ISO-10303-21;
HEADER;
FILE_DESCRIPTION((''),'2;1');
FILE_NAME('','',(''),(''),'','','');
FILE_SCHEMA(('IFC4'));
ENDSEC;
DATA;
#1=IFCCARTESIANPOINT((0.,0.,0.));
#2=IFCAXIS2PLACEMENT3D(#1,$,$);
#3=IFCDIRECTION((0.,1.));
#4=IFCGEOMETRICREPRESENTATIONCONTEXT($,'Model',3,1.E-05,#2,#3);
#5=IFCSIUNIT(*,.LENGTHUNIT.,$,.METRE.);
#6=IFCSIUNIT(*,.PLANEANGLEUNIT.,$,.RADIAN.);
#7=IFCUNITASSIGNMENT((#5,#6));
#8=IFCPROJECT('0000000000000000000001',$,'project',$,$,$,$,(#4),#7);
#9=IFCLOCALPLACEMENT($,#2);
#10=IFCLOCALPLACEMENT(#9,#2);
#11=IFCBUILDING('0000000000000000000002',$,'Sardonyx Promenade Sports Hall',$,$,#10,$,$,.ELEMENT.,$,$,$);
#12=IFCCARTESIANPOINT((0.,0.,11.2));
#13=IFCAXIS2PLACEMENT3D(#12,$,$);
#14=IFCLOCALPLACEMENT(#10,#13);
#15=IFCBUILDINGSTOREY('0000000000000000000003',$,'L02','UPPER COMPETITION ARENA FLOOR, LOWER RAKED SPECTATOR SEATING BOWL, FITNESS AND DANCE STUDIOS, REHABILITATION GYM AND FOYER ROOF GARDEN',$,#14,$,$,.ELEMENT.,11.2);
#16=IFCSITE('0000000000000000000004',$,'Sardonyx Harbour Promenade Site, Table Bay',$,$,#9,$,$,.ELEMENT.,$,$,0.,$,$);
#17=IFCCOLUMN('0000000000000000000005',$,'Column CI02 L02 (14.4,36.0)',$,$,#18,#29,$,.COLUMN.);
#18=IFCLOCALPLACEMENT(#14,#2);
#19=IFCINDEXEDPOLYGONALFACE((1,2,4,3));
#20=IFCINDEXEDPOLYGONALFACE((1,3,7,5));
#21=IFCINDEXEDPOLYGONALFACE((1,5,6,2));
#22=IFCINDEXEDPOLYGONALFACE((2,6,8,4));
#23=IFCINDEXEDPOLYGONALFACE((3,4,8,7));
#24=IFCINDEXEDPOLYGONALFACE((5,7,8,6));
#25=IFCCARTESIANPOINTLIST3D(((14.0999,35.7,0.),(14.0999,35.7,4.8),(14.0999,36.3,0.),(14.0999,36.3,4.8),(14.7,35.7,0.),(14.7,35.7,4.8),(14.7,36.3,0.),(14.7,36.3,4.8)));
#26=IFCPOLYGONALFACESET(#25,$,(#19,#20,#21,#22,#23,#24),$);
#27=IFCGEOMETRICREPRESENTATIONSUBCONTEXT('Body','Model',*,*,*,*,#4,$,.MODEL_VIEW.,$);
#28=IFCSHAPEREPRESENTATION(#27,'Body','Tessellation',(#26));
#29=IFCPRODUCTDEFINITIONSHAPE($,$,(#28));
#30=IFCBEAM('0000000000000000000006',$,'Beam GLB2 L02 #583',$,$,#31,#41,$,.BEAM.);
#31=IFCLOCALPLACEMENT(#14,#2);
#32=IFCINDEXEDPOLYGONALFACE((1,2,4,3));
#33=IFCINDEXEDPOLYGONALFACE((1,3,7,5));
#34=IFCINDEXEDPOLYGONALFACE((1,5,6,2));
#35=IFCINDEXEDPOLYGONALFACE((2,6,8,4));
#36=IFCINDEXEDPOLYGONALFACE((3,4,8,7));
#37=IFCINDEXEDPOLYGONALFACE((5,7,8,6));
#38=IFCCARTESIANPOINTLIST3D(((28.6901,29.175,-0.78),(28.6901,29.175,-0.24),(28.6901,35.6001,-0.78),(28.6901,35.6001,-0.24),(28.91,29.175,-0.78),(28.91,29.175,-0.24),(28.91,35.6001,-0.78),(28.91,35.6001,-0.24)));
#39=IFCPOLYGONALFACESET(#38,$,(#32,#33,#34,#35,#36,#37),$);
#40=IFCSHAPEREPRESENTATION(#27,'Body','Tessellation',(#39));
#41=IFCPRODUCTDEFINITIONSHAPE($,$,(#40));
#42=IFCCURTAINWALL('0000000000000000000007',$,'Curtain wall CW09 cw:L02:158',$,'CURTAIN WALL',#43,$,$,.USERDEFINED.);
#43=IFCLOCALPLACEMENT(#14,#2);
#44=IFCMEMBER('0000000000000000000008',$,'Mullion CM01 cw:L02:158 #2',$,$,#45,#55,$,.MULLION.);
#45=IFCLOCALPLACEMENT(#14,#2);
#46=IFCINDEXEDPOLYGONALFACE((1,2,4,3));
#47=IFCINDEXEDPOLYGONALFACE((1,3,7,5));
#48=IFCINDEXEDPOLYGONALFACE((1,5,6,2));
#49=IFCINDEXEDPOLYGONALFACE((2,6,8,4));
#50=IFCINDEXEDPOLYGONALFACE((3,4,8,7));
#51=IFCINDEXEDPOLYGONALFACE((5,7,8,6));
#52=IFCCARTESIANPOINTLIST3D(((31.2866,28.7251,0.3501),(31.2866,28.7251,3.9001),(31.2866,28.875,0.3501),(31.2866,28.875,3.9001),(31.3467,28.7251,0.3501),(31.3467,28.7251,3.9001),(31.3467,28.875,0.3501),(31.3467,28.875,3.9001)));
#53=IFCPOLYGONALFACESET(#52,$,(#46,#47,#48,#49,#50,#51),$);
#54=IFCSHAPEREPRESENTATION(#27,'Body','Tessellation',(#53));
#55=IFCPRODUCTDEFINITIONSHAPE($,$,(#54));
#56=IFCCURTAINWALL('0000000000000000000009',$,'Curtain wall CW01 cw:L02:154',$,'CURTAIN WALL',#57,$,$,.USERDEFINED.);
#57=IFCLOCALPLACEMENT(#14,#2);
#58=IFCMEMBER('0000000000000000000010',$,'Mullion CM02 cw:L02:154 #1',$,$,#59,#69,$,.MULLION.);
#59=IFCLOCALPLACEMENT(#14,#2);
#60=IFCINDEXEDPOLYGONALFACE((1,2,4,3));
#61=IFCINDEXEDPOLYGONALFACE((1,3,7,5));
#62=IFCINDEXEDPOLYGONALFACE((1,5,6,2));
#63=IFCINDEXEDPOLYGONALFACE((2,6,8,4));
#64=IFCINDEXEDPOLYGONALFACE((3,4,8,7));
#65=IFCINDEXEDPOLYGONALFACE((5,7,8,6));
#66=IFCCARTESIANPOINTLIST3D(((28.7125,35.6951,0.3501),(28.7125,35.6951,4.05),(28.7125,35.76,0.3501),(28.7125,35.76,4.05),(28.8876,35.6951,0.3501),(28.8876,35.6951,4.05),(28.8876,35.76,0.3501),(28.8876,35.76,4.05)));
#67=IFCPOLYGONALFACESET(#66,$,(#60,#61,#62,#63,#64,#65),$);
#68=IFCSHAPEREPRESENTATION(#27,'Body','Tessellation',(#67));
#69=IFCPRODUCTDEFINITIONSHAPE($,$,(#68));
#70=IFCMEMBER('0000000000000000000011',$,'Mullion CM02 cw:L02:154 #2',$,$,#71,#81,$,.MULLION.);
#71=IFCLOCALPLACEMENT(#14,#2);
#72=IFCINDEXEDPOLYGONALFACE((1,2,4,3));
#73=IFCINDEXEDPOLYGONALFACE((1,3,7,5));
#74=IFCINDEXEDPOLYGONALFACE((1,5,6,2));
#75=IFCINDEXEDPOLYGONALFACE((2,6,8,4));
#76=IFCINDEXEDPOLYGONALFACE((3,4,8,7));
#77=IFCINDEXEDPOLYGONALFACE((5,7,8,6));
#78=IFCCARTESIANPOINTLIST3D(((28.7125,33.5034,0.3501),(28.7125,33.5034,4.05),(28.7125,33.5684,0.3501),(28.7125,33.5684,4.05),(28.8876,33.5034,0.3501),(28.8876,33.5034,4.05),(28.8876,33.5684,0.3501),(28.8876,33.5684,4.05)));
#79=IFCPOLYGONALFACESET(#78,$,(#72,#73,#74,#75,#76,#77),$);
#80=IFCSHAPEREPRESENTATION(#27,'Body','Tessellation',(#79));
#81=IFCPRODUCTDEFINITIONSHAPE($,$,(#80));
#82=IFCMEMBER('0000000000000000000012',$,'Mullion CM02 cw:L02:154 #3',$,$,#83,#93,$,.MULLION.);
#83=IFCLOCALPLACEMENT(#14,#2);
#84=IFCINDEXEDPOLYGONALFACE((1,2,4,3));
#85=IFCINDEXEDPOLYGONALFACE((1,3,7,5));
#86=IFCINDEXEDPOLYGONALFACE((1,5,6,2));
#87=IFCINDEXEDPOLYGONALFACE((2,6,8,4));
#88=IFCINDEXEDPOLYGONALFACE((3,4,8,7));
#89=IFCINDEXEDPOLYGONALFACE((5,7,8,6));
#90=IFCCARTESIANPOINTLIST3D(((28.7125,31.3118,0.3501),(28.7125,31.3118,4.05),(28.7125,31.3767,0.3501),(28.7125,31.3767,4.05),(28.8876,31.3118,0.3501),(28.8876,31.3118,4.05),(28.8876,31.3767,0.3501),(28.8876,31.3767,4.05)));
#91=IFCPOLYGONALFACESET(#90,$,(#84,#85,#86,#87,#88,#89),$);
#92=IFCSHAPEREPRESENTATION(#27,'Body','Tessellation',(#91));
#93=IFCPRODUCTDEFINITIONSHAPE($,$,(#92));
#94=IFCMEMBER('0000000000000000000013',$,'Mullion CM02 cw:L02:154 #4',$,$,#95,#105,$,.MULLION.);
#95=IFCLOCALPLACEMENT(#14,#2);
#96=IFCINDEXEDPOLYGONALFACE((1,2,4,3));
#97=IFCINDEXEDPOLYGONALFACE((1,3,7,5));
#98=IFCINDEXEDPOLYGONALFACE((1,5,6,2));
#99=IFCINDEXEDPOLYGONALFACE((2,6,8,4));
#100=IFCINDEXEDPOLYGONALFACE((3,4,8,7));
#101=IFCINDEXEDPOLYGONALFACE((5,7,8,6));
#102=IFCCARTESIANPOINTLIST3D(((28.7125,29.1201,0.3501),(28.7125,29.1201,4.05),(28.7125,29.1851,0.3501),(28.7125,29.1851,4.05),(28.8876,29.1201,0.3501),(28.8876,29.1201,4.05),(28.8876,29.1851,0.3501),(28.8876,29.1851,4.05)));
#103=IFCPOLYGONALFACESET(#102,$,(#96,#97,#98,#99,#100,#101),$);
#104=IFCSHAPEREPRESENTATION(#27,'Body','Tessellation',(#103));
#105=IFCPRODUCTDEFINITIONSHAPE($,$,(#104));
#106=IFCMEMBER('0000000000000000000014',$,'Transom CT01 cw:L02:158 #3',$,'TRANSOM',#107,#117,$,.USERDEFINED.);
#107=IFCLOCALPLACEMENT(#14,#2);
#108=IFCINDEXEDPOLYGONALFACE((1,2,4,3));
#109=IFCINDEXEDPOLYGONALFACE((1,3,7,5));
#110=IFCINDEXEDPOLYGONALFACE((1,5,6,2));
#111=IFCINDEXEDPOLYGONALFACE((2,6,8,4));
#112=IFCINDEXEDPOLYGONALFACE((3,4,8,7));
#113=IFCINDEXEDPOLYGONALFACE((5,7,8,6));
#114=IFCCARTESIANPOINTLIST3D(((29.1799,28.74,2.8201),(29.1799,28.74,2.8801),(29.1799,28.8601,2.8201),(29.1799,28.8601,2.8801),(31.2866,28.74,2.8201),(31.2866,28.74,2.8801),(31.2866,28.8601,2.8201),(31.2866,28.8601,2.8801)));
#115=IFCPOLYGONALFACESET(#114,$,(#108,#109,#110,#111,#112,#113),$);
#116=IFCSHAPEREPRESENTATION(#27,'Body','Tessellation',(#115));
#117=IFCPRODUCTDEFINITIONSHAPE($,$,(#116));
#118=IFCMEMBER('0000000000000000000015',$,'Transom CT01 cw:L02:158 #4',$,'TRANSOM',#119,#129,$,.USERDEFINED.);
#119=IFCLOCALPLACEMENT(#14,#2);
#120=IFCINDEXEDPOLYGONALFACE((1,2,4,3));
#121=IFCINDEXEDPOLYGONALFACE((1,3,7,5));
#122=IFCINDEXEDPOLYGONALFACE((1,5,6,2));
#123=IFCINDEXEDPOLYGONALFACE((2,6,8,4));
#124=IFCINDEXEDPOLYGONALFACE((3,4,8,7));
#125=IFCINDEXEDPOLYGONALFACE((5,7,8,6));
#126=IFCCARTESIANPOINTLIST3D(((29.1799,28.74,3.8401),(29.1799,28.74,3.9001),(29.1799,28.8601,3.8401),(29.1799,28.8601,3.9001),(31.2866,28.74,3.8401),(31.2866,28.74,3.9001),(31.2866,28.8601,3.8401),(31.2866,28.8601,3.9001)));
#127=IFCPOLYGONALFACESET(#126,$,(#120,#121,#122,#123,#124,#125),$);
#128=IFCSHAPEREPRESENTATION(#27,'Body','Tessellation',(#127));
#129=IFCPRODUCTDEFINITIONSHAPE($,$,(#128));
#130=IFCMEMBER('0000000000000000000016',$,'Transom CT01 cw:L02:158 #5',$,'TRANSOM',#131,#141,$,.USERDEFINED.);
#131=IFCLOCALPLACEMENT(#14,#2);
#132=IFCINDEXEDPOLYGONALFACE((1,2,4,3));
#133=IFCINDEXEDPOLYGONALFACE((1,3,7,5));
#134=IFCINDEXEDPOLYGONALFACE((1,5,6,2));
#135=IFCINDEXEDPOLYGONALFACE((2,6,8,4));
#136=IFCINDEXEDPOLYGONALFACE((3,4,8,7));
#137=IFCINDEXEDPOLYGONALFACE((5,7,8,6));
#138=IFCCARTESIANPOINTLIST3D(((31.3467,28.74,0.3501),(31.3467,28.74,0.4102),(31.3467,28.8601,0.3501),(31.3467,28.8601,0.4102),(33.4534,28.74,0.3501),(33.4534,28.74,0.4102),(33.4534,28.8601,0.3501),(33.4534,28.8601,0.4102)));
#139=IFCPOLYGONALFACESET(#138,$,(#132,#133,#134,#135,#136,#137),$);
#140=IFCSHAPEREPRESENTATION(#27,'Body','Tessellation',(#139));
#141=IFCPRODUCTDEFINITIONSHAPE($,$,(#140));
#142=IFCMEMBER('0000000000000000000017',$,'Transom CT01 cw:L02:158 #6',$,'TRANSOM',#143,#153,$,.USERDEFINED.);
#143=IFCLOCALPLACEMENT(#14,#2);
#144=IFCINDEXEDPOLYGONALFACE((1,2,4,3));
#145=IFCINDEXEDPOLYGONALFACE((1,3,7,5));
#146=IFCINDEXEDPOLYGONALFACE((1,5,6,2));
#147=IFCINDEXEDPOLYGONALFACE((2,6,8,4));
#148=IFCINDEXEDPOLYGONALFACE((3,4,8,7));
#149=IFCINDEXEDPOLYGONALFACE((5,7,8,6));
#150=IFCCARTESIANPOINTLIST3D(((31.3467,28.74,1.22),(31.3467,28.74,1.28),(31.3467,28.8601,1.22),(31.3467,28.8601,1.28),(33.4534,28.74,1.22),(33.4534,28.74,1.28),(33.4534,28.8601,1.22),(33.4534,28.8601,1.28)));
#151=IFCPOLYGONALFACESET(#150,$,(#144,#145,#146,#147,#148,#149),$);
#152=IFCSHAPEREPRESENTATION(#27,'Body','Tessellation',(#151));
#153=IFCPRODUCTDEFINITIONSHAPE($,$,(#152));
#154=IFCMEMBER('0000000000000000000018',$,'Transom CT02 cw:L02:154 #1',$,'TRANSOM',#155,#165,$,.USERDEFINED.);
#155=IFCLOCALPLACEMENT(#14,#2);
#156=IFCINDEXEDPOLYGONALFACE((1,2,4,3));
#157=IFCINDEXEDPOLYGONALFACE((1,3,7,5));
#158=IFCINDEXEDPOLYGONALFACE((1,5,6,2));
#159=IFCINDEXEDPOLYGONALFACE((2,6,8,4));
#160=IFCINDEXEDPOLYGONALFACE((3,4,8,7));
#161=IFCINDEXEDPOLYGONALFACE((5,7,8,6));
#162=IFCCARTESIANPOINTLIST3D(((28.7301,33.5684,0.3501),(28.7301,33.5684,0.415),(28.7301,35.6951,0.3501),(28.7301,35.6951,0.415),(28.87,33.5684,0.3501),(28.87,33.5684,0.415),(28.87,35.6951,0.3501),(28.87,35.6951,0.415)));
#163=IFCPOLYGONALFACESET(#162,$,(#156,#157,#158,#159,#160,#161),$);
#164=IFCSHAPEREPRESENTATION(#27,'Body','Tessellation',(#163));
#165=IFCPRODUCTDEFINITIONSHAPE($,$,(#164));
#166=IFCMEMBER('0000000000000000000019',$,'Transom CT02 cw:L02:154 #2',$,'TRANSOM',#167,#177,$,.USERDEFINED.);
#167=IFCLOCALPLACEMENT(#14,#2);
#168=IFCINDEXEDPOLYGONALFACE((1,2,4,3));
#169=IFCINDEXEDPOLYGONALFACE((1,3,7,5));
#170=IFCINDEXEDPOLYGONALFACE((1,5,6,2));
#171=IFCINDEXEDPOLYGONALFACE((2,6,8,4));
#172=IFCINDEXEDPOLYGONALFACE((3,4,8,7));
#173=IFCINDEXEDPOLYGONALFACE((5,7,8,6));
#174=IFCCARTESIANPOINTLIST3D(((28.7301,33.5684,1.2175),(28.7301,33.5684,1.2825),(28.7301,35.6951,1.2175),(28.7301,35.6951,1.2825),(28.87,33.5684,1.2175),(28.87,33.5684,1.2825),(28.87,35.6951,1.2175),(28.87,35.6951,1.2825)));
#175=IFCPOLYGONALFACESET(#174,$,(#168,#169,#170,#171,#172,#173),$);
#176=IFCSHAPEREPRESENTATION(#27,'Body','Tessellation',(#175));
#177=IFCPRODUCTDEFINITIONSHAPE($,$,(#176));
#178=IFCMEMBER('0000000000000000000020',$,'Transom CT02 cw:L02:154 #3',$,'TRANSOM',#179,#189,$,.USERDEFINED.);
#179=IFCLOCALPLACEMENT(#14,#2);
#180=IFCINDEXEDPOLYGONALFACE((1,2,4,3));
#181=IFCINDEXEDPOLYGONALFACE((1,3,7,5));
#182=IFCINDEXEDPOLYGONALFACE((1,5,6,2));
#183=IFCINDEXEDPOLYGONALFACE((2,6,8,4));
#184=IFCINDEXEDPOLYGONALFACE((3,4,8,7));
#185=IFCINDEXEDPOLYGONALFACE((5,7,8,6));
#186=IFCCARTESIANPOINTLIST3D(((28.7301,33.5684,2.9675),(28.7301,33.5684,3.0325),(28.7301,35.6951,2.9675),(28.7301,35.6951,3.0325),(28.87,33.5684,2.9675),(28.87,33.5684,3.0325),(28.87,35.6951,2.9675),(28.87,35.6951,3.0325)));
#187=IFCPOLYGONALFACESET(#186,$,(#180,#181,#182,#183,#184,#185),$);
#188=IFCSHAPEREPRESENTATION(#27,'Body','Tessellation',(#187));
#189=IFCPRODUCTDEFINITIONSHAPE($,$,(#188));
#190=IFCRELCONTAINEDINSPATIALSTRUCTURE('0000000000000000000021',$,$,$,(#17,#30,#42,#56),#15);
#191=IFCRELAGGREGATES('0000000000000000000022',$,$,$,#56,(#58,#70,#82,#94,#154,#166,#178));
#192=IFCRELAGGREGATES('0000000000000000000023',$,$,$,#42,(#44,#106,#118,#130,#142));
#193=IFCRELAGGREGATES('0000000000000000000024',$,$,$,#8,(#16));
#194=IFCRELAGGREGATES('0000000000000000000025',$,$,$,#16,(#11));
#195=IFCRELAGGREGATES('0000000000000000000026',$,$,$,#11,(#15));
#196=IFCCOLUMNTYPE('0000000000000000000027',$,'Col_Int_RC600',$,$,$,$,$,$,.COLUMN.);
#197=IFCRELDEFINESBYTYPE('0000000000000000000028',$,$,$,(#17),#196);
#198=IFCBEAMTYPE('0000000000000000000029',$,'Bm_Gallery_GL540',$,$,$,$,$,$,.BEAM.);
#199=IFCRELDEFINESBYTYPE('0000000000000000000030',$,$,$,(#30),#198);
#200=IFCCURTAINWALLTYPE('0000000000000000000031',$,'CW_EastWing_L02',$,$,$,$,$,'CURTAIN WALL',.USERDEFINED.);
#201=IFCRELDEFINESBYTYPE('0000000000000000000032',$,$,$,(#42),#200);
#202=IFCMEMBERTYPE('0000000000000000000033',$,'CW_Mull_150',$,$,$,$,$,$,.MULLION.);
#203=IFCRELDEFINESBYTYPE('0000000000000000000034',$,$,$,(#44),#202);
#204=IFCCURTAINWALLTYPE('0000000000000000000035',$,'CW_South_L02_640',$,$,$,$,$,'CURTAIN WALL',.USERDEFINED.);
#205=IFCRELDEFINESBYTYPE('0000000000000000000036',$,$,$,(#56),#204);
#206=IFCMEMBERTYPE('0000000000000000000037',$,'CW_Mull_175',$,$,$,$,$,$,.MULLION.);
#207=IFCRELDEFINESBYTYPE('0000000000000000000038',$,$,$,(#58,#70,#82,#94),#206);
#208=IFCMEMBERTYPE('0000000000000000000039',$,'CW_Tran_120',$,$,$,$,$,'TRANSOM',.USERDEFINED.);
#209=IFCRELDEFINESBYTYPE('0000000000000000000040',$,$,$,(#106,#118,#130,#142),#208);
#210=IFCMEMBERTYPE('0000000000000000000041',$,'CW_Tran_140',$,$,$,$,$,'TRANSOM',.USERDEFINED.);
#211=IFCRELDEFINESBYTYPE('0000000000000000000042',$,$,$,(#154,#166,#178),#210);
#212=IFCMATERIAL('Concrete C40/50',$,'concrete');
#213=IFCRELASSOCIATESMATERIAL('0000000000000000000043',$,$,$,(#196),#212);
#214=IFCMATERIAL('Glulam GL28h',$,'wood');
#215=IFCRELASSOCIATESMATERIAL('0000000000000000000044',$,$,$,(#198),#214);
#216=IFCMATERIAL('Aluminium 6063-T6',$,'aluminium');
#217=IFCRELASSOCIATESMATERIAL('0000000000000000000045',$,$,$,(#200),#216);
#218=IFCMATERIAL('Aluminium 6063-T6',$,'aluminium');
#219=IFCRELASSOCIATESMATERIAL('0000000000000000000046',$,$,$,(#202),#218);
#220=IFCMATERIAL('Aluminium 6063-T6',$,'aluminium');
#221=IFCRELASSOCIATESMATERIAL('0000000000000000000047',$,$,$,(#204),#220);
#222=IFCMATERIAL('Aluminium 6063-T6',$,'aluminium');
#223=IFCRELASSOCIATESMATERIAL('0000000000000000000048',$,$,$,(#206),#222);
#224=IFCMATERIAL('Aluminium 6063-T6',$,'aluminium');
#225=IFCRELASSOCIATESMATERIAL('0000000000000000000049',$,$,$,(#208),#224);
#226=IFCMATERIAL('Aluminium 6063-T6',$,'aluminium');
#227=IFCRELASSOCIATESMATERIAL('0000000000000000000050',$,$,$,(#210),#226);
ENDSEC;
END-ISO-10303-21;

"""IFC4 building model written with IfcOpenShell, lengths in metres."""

from ifc_helpers import new_model, si_unit, direction, frame, origin, origin_2d, place, context, subcontext, project, spatial, rectangle, extrude, material, material_profile, profile_set, type_object, element, aggregate, save


model = new_model("IFC4")

# Units and contexts
model_context = context("Model", 3, precision=1e-05, world=origin(), true_north=direction((0.0, 1.0)))
body_context = subcontext(model_context, "Body", "Model", "MODEL_VIEW")
ifc_project = project(units=[si_unit("LENGTHUNIT", "METRE"), si_unit("PLANEANGLEUNIT", "RADIAN")], contexts=[model_context])

# Site, building, storey
site_placement = place(None, origin())
site = spatial("IfcSite", under=ifc_project, at=site_placement, Name="Sardonyx Harbour Promenade Site, Table Bay", CompositionType="ELEMENT", RefElevation=0.0)
building_placement = place(site_placement, origin())
building = spatial("IfcBuilding", under=site, at=building_placement, Name="Sardonyx Promenade Sports Hall", CompositionType="ELEMENT")
storey_placement = place(building_placement, frame((0.0, 0.0, 11.2)))
storey = spatial("IfcBuildingStorey", under=building, at=storey_placement, Name="L02", Description="UPPER COMPETITION ARENA FLOOR, LOWER RAKED SPECTATOR SEATING BOWL, FITNESS AND DANCE STUDIOS, REHABILITATION GYM AND FOYER ROOF GARDEN", CompositionType="ELEMENT", Elevation=11.2)

# Column
ifc_material_1 = material(Name="Concrete C40/50", Category="concrete")
ifc_material_profile_1 = material_profile(ifc_material_1, rectangle(XDim=0.6001, YDim=0.6001, at=origin_2d()))
ifc_profile_set_1 = profile_set([ifc_material_profile_1], Name="Concrete C40/50")
column_type = type_object("IfcColumnType", Name="Col_Int_RC600", PredefinedType="COLUMN", material=ifc_profile_set_1)
column_placement = place(storey_placement, frame((14.3999, 36.0, 0.0), z_axis=(0.0, 0.0, 1.0), x_axis=(1.0, 0.0, 0.0)))
element("IfcColumn", 1, at=column_placement, inside=storey, type_object=column_type, Name="Column CI02 L02 (14.4,36.0)", PredefinedType="COLUMN", context=body_context, shape_type="SweptSolid", body=[
    extrude(rectangle(XDim=0.6001, YDim=0.6001, at=origin_2d()), origin(), (0.0, 0.0, 1.0), 4.8),
])

# Beam
ifc_material_2 = material(Name="Glulam GL28h", Category="wood")
ifc_material_profile_2 = material_profile(ifc_material_2, rectangle(XDim=0.22, YDim=0.54, at=origin_2d()))
ifc_profile_set_2 = profile_set([ifc_material_profile_2], Name="Glulam GL28h")
beam_type = type_object("IfcBeamType", Name="Bm_Gallery_GL540", PredefinedType="BEAM", material=ifc_profile_set_2)
beam_placement = place(storey_placement, frame((28.8, 29.175, -0.51), z_axis=(0.0, 1.0, 0.0), x_axis=(-1.0, 0.0, 0.0)))
element("IfcBeam", 2, at=beam_placement, inside=storey, type_object=beam_type, Name="Beam GLB2 L02 #583", PredefinedType="BEAM", context=body_context, shape_type="SweptSolid", body=[
    extrude(rectangle(XDim=0.22, YDim=0.54, at=origin_2d()), origin(), (0.0, 0.0, 1.0), 6.425),
])

# Curtain wall, member
ifc_material_3 = material(Name="Aluminium 6063-T6", Category="aluminium")
curtain_wall_type_1 = type_object("IfcCurtainWallType", Name="CW_EastWing_L02", ElementType="CURTAIN WALL", PredefinedType="USERDEFINED", material=ifc_material_3)
curtain_wall_1_placement = place(storey_placement, origin())
curtain_wall_1 = element("IfcCurtainWall", 3, at=curtain_wall_1_placement, inside=storey, type_object=curtain_wall_type_1, Name="Curtain wall CW09 cw:L02:158", ObjectType="CURTAIN WALL", PredefinedType="USERDEFINED")
ifc_material_4 = material(Name="Aluminium 6063-T6", Category="aluminium")
ifc_material_profile_3 = material_profile(ifc_material_4, rectangle(XDim=0.0601, YDim=0.1499, at=origin_2d()))
ifc_profile_set_3 = profile_set([ifc_material_profile_3], Name="Aluminium 6063-T6")
member_type_1 = type_object("IfcMemberType", Name="CW_Mull_150", PredefinedType="MULLION", material=ifc_profile_set_3)
member_1_placement = place(storey_placement, frame((31.3167, 28.8, 0.3501), z_axis=(0.0, 0.0, 1.0), x_axis=(1.0, 0.0, 0.0)))
member_1 = element("IfcMember", 4, at=member_1_placement, type_object=member_type_1, Name="Mullion CM01 cw:L02:158 #2", PredefinedType="MULLION", context=body_context, shape_type="SweptSolid", body=[
    extrude(rectangle(XDim=0.0601, YDim=0.1499, at=origin_2d()), origin(), (0.0, 0.0, 1.0), 3.55),
])

# Curtain wall, members
ifc_material_5 = material(Name="Aluminium 6063-T6", Category="aluminium")
curtain_wall_type_2 = type_object("IfcCurtainWallType", Name="CW_South_L02_640", ElementType="CURTAIN WALL", PredefinedType="USERDEFINED", material=ifc_material_5)
curtain_wall_2_placement = place(storey_placement, origin())
curtain_wall_2 = element("IfcCurtainWall", 5, at=curtain_wall_2_placement, inside=storey, type_object=curtain_wall_type_2, Name="Curtain wall CW01 cw:L02:154", ObjectType="CURTAIN WALL", PredefinedType="USERDEFINED")
ifc_material_6 = material(Name="Aluminium 6063-T6", Category="aluminium")
ifc_material_profile_4 = material_profile(ifc_material_6, rectangle(XDim=0.0649, YDim=0.175, at=origin_2d()))
ifc_profile_set_4 = profile_set([ifc_material_profile_4], Name="Aluminium 6063-T6")
member_type_2 = type_object("IfcMemberType", Name="CW_Mull_175", PredefinedType="MULLION", material=ifc_profile_set_4)
member_2_placement = place(storey_placement, frame((28.8, 35.7275, 0.3501), z_axis=(0.0, 0.0, 1.0), x_axis=(0.0, -1.0, 0.0)))
member_2 = element("IfcMember", 6, at=member_2_placement, type_object=member_type_2, Name="Mullion CM02 cw:L02:154 #1", PredefinedType="MULLION", context=body_context, shape_type="SweptSolid", body=[
    extrude(rectangle(XDim=0.0649, YDim=0.175, at=origin_2d()), origin(), (0.0, 0.0, 1.0), 3.7),
])
member_3_placement = place(storey_placement, frame((28.8, 33.5359, 0.3501), z_axis=(0.0, 0.0, 1.0), x_axis=(0.0, -1.0, 0.0)))
member_3 = element("IfcMember", 7, at=member_3_placement, type_object=member_type_2, Name="Mullion CM02 cw:L02:154 #2", PredefinedType="MULLION", context=body_context, shape_type="SweptSolid", body=[
    extrude(rectangle(XDim=0.0649, YDim=0.175, at=origin_2d()), origin(), (0.0, 0.0, 1.0), 3.7),
])
member_4_placement = place(storey_placement, frame((28.8, 31.3442, 0.3501), z_axis=(0.0, 0.0, 1.0), x_axis=(0.0, -1.0, 0.0)))
member_4 = element("IfcMember", 8, at=member_4_placement, type_object=member_type_2, Name="Mullion CM02 cw:L02:154 #3", PredefinedType="MULLION", context=body_context, shape_type="SweptSolid", body=[
    extrude(rectangle(XDim=0.0649, YDim=0.175, at=origin_2d()), origin(), (0.0, 0.0, 1.0), 3.7),
])
member_5_placement = place(storey_placement, frame((28.8, 29.1526, 0.3501), z_axis=(0.0, 0.0, 1.0), x_axis=(0.0, -1.0, 0.0)))
member_5 = element("IfcMember", 9, at=member_5_placement, type_object=member_type_2, Name="Mullion CM02 cw:L02:154 #4", PredefinedType="MULLION", context=body_context, shape_type="SweptSolid", body=[
    extrude(rectangle(XDim=0.0649, YDim=0.175, at=origin_2d()), origin(), (0.0, 0.0, 1.0), 3.7),
])

# Members
ifc_material_7 = material(Name="Aluminium 6063-T6", Category="aluminium")
ifc_material_profile_5 = material_profile(ifc_material_7, rectangle(XDim=0.0601, YDim=0.1201, at=origin_2d()))
ifc_profile_set_5 = profile_set([ifc_material_profile_5], Name="Aluminium 6063-T6")
member_type_3 = type_object("IfcMemberType", Name="CW_Tran_120", ElementType="TRANSOM", PredefinedType="USERDEFINED", material=ifc_profile_set_5)
member_6_placement = place(storey_placement, frame((29.1799, 28.8, 2.8501), z_axis=(1.0, 0.0, 0.0), x_axis=(0.0, 0.0, 1.0)))
member_6 = element("IfcMember", 10, at=member_6_placement, type_object=member_type_3, Name="Transom CT01 cw:L02:158 #3", ObjectType="TRANSOM", PredefinedType="USERDEFINED", context=body_context, shape_type="SweptSolid", body=[
    extrude(rectangle(XDim=0.0601, YDim=0.1201, at=origin_2d()), origin(), (0.0, 0.0, 1.0), 2.1067),
])
member_7_placement = place(storey_placement, frame((29.1799, 28.8, 3.8701), z_axis=(1.0, 0.0, 0.0), x_axis=(0.0, 0.0, 1.0)))
member_7 = element("IfcMember", 11, at=member_7_placement, type_object=member_type_3, Name="Transom CT01 cw:L02:158 #4", ObjectType="TRANSOM", PredefinedType="USERDEFINED", context=body_context, shape_type="SweptSolid", body=[
    extrude(rectangle(XDim=0.0601, YDim=0.1201, at=origin_2d()), origin(), (0.0, 0.0, 1.0), 2.1067),
])
member_8_placement = place(storey_placement, frame((31.3467, 28.8, 0.3801), z_axis=(1.0, 0.0, 0.0), x_axis=(0.0, 0.0, 1.0)))
member_8 = element("IfcMember", 12, at=member_8_placement, type_object=member_type_3, Name="Transom CT01 cw:L02:158 #5", ObjectType="TRANSOM", PredefinedType="USERDEFINED", context=body_context, shape_type="SweptSolid", body=[
    extrude(rectangle(XDim=0.0601, YDim=0.1201, at=origin_2d()), origin(), (0.0, 0.0, 1.0), 2.1067),
])
member_9_placement = place(storey_placement, frame((31.3467, 28.8, 1.25), z_axis=(1.0, 0.0, 0.0), x_axis=(0.0, 0.0, 1.0)))
member_9 = element("IfcMember", 13, at=member_9_placement, type_object=member_type_3, Name="Transom CT01 cw:L02:158 #6", ObjectType="TRANSOM", PredefinedType="USERDEFINED", context=body_context, shape_type="SweptSolid", body=[
    extrude(rectangle(XDim=0.0601, YDim=0.1201, at=origin_2d()), origin(), (0.0, 0.0, 1.0), 2.1067),
])
ifc_material_8 = material(Name="Aluminium 6063-T6", Category="aluminium")
ifc_material_profile_6 = material_profile(ifc_material_8, rectangle(XDim=0.0649, YDim=0.1399, at=origin_2d()))
ifc_profile_set_6 = profile_set([ifc_material_profile_6], Name="Aluminium 6063-T6")
member_type_4 = type_object("IfcMemberType", Name="CW_Tran_140", ElementType="TRANSOM", PredefinedType="USERDEFINED", material=ifc_profile_set_6)
member_10_placement = place(storey_placement, frame((28.8, 35.6951, 0.3826), z_axis=(0.0, -1.0, 0.0), x_axis=(0.0, 0.0, 1.0)))
member_10 = element("IfcMember", 14, at=member_10_placement, type_object=member_type_4, Name="Transom CT02 cw:L02:154 #1", ObjectType="TRANSOM", PredefinedType="USERDEFINED", context=body_context, shape_type="SweptSolid", body=[
    extrude(rectangle(XDim=0.0649, YDim=0.1399, at=origin_2d()), origin(), (0.0, 0.0, 1.0), 2.1267),
])
member_11_placement = place(storey_placement, frame((28.8, 35.6951, 1.25), z_axis=(0.0, -1.0, 0.0), x_axis=(0.0, 0.0, 1.0)))
member_11 = element("IfcMember", 15, at=member_11_placement, type_object=member_type_4, Name="Transom CT02 cw:L02:154 #2", ObjectType="TRANSOM", PredefinedType="USERDEFINED", context=body_context, shape_type="SweptSolid", body=[
    extrude(rectangle(XDim=0.0649, YDim=0.1399, at=origin_2d()), origin(), (0.0, 0.0, 1.0), 2.1267),
])
member_12_placement = place(storey_placement, frame((28.8, 35.6951, 3.0), z_axis=(0.0, -1.0, 0.0), x_axis=(0.0, 0.0, 1.0)))
member_12 = element("IfcMember", 16, at=member_12_placement, type_object=member_type_4, Name="Transom CT02 cw:L02:154 #3", ObjectType="TRANSOM", PredefinedType="USERDEFINED", context=body_context, shape_type="SweptSolid", body=[
    extrude(rectangle(XDim=0.0649, YDim=0.1399, at=origin_2d()), origin(), (0.0, 0.0, 1.0), 2.1267),
])

aggregate(curtain_wall_2, [member_2, member_3, member_4, member_5, member_10, member_11, member_12])
aggregate(curtain_wall_1, [member_1, member_6, member_7, member_8, member_9])

save(model, "model.ifc")
